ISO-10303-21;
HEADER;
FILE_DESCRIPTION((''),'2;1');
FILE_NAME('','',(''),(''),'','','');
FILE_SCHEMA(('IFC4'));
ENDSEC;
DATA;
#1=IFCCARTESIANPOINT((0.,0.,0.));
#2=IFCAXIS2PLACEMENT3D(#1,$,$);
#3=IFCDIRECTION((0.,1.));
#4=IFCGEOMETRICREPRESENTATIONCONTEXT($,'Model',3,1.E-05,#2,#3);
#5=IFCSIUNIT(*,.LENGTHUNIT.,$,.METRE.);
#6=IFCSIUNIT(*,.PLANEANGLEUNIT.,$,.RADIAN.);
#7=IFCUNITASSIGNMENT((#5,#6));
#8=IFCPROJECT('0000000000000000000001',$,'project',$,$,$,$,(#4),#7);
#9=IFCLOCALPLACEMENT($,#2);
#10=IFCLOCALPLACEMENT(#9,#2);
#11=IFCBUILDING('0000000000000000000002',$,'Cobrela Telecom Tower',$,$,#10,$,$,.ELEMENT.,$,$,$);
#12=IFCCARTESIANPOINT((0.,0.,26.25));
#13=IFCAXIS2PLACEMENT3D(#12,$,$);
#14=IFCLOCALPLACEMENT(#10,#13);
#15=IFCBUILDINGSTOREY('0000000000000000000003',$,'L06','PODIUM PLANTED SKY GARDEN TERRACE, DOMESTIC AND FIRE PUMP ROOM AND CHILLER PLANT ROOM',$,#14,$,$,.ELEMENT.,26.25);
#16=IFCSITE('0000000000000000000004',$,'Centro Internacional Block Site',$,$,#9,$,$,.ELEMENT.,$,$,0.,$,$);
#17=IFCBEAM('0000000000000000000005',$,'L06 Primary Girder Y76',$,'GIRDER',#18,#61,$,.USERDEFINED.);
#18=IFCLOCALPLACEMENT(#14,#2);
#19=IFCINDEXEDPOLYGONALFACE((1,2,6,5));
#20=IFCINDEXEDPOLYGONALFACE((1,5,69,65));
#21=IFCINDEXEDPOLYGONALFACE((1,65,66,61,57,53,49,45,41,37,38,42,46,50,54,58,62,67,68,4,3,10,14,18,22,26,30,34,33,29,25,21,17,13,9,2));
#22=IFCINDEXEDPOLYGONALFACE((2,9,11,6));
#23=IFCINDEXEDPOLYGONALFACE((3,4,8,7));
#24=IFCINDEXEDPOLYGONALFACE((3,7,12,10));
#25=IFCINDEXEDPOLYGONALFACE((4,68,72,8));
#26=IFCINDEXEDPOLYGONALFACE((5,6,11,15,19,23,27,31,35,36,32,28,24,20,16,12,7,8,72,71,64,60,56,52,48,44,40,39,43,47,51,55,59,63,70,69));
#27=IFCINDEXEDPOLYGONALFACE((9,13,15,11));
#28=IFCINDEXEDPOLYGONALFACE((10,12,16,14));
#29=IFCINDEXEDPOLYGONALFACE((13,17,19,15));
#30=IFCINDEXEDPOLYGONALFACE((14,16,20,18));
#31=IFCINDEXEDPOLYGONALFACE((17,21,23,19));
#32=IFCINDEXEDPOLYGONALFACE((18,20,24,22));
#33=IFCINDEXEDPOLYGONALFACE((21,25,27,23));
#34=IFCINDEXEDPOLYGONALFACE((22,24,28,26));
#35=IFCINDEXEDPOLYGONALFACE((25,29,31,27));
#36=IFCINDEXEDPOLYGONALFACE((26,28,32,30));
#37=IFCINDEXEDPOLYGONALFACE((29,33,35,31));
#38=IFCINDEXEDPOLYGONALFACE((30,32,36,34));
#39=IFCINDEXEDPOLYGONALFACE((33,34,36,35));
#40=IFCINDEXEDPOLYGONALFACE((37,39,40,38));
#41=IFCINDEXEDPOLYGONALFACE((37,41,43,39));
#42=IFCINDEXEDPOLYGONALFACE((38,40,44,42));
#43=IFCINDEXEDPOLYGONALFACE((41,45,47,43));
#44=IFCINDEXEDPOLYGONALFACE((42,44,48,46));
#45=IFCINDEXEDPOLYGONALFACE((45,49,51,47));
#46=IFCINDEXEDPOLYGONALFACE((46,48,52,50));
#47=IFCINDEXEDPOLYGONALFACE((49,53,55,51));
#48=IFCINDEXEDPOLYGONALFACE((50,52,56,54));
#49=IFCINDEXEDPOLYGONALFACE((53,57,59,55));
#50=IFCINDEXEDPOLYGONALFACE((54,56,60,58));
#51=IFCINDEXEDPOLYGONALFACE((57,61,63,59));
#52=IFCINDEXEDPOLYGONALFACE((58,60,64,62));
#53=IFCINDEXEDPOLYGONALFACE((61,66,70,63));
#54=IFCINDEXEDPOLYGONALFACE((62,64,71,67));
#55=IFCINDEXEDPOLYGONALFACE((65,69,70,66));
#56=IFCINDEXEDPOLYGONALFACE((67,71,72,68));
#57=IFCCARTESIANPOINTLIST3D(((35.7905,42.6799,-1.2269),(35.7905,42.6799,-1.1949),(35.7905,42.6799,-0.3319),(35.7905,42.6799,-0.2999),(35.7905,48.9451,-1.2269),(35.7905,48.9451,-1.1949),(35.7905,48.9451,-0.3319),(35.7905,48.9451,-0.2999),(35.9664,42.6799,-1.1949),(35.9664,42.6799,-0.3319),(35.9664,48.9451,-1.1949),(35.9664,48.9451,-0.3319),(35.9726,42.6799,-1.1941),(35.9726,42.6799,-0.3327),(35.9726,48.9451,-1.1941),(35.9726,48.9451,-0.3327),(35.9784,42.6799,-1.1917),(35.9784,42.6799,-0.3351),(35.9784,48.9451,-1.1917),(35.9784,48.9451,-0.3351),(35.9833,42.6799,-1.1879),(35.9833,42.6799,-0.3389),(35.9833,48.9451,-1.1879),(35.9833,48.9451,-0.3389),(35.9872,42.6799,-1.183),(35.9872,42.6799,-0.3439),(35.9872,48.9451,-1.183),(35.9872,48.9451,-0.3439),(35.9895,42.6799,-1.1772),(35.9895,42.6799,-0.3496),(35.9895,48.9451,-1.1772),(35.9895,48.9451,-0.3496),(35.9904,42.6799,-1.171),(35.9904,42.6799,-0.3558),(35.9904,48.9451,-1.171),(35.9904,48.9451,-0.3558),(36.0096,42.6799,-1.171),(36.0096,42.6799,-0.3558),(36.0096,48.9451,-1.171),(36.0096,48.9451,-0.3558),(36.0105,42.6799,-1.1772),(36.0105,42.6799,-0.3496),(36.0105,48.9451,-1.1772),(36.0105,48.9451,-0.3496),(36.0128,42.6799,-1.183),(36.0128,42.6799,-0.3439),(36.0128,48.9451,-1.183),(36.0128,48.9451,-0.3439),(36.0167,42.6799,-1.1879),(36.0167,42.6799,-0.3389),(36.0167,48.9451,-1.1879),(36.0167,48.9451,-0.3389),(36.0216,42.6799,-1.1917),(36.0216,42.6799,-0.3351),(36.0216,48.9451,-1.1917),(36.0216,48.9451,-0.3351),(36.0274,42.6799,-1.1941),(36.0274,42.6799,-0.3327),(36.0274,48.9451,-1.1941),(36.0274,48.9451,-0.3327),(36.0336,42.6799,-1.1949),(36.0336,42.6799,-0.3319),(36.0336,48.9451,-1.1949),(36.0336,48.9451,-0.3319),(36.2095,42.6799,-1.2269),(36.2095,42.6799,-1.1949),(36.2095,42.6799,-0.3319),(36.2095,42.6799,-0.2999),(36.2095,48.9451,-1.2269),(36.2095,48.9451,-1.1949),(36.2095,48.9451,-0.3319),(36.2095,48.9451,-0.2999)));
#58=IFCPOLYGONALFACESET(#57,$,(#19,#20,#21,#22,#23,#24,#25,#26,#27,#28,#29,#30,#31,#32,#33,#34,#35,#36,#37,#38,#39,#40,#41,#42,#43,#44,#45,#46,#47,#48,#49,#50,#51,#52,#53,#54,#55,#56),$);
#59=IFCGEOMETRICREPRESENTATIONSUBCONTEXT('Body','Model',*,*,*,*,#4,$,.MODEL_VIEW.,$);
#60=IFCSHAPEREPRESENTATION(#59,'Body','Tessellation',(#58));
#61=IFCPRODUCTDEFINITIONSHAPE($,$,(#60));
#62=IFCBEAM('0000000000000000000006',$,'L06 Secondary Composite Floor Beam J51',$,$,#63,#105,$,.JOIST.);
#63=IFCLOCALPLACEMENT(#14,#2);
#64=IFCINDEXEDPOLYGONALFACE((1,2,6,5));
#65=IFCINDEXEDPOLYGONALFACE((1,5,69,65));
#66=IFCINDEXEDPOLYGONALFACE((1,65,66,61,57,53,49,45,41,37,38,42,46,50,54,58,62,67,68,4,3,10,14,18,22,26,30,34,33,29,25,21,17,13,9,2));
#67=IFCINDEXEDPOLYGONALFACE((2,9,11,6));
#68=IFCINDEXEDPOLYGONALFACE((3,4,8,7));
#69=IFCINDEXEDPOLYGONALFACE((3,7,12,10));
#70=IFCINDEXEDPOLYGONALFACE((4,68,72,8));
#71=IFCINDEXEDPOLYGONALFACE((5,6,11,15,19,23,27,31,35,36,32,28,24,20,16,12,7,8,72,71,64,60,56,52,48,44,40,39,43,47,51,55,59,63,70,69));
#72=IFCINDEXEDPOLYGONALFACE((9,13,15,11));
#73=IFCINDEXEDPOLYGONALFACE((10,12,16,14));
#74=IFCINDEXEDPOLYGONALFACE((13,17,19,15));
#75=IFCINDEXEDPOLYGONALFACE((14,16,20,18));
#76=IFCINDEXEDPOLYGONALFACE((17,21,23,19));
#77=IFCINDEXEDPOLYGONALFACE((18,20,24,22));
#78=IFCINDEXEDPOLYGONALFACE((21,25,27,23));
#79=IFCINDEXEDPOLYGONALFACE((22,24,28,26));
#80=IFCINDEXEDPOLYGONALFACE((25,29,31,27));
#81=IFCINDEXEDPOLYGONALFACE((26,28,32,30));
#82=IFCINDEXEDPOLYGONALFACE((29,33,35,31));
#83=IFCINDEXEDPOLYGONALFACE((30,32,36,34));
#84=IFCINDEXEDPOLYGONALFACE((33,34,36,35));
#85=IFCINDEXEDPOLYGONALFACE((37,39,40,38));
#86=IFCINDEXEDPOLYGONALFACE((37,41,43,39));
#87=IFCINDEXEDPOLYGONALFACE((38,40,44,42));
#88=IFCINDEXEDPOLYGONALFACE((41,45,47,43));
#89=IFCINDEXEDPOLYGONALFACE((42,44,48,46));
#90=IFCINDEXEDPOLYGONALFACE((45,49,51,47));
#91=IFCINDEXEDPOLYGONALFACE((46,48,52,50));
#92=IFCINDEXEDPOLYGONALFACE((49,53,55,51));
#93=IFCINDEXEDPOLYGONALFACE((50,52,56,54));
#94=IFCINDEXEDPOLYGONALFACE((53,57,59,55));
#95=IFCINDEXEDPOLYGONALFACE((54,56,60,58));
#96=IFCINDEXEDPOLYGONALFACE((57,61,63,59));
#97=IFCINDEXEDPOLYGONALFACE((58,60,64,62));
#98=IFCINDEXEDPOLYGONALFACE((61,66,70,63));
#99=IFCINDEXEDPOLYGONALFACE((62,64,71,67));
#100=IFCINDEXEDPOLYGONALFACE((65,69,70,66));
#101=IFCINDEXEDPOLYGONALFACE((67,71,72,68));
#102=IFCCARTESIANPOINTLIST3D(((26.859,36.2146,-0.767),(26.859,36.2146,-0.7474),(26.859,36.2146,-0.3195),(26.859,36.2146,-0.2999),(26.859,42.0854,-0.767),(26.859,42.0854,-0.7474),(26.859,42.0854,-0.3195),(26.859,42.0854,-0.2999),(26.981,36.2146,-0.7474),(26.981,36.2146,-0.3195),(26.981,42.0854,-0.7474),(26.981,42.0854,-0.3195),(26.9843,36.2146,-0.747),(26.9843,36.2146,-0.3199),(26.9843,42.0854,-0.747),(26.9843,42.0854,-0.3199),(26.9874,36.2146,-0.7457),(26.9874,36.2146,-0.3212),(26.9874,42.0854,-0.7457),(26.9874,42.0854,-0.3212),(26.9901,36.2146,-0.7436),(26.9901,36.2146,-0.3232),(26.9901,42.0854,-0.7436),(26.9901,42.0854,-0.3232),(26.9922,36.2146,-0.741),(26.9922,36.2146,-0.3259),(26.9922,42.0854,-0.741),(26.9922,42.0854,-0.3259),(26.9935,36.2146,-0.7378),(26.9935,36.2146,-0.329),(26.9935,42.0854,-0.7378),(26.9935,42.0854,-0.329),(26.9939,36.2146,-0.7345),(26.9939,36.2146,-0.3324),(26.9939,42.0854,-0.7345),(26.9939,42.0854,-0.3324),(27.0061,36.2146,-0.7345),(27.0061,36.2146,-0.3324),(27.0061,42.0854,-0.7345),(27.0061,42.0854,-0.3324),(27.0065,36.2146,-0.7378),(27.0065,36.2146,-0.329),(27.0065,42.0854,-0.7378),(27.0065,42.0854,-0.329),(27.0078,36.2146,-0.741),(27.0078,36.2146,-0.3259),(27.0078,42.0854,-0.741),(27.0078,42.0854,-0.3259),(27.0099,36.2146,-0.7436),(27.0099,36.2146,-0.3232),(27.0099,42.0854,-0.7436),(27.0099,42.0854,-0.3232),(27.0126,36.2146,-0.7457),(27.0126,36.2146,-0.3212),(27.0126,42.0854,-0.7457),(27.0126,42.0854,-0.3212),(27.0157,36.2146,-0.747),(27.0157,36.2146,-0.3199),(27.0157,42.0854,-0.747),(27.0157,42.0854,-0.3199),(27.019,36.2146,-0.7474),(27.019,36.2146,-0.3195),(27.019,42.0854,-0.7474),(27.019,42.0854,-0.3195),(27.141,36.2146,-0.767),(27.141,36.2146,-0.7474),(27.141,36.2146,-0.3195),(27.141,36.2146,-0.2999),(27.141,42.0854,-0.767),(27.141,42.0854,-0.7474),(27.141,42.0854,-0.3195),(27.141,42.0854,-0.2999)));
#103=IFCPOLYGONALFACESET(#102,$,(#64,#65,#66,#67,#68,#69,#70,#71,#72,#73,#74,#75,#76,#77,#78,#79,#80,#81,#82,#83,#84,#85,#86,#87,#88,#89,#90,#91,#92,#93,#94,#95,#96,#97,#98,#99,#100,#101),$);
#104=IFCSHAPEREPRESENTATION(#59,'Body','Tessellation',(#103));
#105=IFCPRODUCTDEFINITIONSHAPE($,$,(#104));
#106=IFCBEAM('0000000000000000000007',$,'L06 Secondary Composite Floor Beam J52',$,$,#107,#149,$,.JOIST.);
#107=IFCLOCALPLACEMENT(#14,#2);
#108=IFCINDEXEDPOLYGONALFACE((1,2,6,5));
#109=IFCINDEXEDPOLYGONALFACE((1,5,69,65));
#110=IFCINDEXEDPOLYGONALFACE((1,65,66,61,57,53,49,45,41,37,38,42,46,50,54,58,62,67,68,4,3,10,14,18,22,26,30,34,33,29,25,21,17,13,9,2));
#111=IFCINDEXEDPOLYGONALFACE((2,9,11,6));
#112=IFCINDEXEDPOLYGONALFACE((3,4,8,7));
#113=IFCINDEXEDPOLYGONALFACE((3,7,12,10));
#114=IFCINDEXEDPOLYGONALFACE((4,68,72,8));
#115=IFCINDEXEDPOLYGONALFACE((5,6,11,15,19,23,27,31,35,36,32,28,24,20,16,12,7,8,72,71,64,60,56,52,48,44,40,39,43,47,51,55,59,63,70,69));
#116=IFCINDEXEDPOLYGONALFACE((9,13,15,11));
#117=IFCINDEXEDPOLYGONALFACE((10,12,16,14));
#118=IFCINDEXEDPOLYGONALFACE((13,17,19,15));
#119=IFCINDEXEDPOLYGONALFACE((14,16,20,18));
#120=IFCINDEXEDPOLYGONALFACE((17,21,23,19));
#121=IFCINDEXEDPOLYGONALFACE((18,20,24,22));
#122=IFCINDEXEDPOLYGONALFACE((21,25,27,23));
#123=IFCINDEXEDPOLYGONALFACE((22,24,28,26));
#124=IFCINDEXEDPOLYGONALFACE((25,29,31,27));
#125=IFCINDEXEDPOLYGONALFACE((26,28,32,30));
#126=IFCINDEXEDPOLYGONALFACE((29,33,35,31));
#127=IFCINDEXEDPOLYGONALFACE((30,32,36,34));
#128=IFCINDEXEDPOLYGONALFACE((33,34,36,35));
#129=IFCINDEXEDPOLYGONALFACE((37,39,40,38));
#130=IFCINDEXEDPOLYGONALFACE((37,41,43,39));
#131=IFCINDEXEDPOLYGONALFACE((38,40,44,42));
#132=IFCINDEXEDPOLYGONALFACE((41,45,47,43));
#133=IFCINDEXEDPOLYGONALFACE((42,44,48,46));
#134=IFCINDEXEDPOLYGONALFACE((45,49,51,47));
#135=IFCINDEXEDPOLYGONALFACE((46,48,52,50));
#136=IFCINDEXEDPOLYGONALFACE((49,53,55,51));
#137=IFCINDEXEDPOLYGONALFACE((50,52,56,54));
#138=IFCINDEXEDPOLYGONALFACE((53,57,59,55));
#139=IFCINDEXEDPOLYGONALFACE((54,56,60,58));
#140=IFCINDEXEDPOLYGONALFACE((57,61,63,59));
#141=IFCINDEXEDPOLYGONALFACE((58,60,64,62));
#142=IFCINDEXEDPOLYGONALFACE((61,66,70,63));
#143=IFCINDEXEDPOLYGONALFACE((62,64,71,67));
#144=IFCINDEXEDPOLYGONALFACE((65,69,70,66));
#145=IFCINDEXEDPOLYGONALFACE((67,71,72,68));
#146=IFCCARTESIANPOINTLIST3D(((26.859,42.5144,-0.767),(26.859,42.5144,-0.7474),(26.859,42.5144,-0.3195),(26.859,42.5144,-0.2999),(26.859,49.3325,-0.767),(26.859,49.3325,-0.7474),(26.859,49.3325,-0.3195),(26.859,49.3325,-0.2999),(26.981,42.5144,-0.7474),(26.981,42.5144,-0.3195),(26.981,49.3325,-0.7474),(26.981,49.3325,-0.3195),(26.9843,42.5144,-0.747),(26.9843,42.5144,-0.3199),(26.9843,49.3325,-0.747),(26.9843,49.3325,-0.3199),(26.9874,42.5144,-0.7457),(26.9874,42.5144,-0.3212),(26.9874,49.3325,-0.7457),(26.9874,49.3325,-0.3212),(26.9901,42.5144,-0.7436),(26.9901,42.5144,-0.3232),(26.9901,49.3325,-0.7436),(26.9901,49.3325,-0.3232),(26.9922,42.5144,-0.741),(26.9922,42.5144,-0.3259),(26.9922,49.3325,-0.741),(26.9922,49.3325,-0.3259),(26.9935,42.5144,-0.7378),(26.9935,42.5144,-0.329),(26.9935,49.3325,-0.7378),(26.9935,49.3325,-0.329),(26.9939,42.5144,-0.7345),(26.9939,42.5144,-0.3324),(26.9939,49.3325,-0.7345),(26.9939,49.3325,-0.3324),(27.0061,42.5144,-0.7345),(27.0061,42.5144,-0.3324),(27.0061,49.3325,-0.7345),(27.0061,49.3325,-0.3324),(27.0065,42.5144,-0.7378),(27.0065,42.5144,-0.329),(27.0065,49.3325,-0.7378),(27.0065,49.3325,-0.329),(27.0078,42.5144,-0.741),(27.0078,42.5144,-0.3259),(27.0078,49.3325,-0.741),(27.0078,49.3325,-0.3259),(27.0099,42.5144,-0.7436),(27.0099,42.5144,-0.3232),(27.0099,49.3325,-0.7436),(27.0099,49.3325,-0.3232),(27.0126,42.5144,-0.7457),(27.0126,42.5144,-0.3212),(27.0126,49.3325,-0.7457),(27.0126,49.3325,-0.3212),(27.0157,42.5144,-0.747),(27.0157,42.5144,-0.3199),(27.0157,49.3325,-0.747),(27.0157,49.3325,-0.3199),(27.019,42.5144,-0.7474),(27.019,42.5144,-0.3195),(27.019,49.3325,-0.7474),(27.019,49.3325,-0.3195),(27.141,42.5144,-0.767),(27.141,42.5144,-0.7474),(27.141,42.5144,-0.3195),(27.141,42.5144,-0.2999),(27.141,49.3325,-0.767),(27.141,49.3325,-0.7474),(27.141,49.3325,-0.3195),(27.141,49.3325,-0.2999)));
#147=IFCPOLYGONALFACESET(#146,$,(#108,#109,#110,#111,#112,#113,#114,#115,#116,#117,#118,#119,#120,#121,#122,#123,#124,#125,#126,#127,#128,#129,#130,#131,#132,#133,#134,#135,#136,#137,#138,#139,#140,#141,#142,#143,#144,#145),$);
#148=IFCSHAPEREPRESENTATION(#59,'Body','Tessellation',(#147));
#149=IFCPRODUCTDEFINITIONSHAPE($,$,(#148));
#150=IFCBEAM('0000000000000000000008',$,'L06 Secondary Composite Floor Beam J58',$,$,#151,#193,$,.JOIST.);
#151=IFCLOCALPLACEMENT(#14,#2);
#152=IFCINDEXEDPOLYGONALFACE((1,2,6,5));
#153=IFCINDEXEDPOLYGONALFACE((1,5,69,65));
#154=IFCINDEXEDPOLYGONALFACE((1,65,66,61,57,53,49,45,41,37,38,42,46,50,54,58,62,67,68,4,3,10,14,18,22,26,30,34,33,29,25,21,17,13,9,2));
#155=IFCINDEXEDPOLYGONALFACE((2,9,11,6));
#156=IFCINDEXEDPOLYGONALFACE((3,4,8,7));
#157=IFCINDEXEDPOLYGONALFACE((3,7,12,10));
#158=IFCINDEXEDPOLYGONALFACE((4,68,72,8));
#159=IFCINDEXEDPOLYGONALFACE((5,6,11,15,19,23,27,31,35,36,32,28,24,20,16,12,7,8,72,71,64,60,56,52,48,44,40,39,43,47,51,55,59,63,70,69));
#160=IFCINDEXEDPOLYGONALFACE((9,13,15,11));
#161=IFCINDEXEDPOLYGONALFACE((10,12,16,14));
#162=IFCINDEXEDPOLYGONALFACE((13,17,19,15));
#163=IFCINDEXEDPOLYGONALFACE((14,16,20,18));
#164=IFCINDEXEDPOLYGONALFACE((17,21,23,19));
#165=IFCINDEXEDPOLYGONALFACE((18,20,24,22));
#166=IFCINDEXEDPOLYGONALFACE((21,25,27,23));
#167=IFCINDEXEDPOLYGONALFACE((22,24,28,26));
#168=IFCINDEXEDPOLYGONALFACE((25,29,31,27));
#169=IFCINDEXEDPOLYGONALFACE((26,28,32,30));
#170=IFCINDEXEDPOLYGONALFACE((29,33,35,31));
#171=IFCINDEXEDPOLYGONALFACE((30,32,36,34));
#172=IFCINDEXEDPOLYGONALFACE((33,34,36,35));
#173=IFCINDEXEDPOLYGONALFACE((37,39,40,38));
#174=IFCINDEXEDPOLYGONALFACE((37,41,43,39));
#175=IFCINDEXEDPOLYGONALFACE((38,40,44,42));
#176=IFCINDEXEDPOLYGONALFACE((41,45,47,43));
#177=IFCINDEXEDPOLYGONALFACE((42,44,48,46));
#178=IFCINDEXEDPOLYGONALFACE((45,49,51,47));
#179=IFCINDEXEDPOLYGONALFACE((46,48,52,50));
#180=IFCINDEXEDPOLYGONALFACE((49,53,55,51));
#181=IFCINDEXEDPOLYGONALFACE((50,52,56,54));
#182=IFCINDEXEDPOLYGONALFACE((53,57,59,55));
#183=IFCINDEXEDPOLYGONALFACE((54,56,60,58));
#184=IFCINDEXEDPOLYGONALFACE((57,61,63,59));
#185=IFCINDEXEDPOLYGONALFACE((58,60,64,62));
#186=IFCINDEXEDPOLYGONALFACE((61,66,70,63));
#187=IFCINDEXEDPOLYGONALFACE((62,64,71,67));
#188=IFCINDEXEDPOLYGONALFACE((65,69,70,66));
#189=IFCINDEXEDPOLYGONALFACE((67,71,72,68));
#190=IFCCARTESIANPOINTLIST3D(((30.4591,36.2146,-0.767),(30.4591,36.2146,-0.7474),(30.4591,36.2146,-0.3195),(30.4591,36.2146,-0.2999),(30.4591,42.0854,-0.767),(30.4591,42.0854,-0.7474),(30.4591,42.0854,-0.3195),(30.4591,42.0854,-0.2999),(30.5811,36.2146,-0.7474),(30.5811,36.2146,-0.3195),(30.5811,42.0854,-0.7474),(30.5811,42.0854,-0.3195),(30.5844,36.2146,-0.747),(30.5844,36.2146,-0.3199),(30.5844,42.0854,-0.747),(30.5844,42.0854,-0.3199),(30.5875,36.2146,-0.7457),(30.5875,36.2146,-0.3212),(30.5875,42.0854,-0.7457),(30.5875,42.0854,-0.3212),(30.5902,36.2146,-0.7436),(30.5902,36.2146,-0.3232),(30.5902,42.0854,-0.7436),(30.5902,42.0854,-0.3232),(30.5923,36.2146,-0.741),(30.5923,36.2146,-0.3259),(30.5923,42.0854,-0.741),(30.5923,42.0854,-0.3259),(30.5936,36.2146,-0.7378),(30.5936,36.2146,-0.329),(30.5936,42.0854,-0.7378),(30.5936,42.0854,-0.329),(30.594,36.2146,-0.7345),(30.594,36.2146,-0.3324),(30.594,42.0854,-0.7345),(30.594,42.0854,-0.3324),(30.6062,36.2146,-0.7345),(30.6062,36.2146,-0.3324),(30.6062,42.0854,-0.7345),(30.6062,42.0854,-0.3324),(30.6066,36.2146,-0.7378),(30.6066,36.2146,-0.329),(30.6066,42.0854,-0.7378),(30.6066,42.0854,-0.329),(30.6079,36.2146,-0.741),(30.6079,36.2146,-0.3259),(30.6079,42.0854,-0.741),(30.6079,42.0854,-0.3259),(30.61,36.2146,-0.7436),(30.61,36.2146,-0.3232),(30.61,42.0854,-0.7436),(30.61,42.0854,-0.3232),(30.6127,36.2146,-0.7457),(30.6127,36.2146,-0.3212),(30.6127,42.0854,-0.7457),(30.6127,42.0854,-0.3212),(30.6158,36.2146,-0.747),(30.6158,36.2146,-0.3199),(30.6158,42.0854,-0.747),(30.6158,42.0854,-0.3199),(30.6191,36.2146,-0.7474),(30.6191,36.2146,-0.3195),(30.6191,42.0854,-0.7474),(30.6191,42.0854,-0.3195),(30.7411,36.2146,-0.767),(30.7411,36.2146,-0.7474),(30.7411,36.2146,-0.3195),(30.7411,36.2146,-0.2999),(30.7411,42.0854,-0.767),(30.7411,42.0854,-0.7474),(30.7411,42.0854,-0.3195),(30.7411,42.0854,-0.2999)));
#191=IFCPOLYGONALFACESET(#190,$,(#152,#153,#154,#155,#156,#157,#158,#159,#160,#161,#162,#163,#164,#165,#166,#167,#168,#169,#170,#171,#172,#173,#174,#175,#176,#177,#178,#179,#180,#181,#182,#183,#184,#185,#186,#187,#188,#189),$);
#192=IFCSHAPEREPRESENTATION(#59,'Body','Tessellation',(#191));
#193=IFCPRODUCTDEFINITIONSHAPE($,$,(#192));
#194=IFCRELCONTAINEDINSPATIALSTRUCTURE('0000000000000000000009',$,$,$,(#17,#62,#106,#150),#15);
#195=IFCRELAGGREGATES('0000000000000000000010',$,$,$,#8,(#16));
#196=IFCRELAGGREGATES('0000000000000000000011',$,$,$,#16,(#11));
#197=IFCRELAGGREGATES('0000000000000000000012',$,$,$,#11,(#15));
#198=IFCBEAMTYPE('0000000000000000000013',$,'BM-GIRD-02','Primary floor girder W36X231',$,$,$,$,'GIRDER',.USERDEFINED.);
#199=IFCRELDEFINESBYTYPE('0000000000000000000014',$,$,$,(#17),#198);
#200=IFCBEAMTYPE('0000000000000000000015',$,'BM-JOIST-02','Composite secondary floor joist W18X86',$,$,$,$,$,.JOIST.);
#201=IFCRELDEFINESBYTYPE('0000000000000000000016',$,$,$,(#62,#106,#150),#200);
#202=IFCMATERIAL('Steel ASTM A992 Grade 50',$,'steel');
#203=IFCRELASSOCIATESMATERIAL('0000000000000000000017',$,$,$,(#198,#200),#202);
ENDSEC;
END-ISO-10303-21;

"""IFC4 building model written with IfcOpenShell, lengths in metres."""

from ifc_helpers import new_model, si_unit, direction, frame, origin, origin_2d, place, context, subcontext, project, spatial, i_section, extrude, material, material_profile, profile_set, type_object, element, save


model = new_model("IFC4")

# Units and contexts
model_context = context("Model", 3, precision=1e-05, world=origin(), true_north=direction((0.0, 1.0)))
body_context = subcontext(model_context, "Body", "Model", "MODEL_VIEW")
ifc_project = project(units=[si_unit("LENGTHUNIT", "METRE"), si_unit("PLANEANGLEUNIT", "RADIAN")], contexts=[model_context])

# Site, building, storey
site_placement = place(None, origin())
site = spatial("IfcSite", under=ifc_project, at=site_placement, Name="Centro Internacional Block Site", CompositionType="ELEMENT", RefElevation=0.0)
building_placement = place(site_placement, origin())
building = spatial("IfcBuilding", under=site, at=building_placement, Name="Cobrela Telecom Tower", CompositionType="ELEMENT")
storey_placement = place(building_placement, frame((0.0, 0.0, 26.25)))
storey = spatial("IfcBuildingStorey", under=building, at=storey_placement, Name="L06", Description="PODIUM PLANTED SKY GARDEN TERRACE, DOMESTIC AND FIRE PUMP ROOM AND CHILLER PLANT ROOM", CompositionType="ELEMENT", Elevation=26.25)

# Beams
ifc_material_1 = material(Name="Steel ASTM A992 Grade 50", Category="steel")
ifc_material_profile_1 = material_profile(ifc_material_1, i_section(OverallWidth=0.4189, OverallDepth=0.927, WebThickness=0.0193, FlangeThickness=0.032, FilletRadius=0.0239, at=origin_2d()), Name="W36X231")
ifc_profile_set_1 = profile_set([ifc_material_profile_1], Name="Steel ASTM A992 Grade 50")
beam_type_1 = type_object("IfcBeamType", Name="BM-GIRD-02", Description="Primary floor girder W36X231", ElementType="GIRDER", PredefinedType="USERDEFINED", material=ifc_profile_set_1)
beam_1_placement = place(storey_placement, frame((36.0, 42.6799, -0.7634), z_axis=(0.0, 1.0, 0.0), x_axis=(-1.0, 0.0, 0.0)))
element("IfcBeam", 1, at=beam_1_placement, inside=storey, type_object=beam_type_1, Name="L06 Primary Girder Y76", ObjectType="GIRDER", PredefinedType="USERDEFINED", context=body_context, shape_type="SweptSolid", body=[
    extrude(i_section(OverallWidth=0.4189, OverallDepth=0.927, WebThickness=0.0193, FlangeThickness=0.032, FilletRadius=0.0239, at=origin_2d()), origin(), (0.0, 0.0, 1.0), 6.2651),
])
ifc_material_profile_2 = material_profile(ifc_material_1, i_section(OverallWidth=0.282, OverallDepth=0.467, WebThickness=0.0122, FlangeThickness=0.0195, FilletRadius=0.0129, at=origin_2d()), Name="W18X86")
ifc_profile_set_2 = profile_set([ifc_material_profile_2], Name="Steel ASTM A992 Grade 50")
beam_type_2 = type_object("IfcBeamType", Name="BM-JOIST-02", Description="Composite secondary floor joist W18X86", PredefinedType="JOIST", material=ifc_profile_set_2)
beam_2_placement = place(storey_placement, frame((27.0, 36.2146, -0.5334), z_axis=(0.0, 1.0, 0.0), x_axis=(-1.0, 0.0, 0.0)))
element("IfcBeam", 2, at=beam_2_placement, inside=storey, type_object=beam_type_2, Name="L06 Secondary Composite Floor Beam J51", PredefinedType="JOIST", context=body_context, shape_type="SweptSolid", body=[
    extrude(i_section(OverallWidth=0.282, OverallDepth=0.467, WebThickness=0.0122, FlangeThickness=0.0195, FilletRadius=0.0129, at=origin_2d()), origin(), (0.0, 0.0, 1.0), 5.8708),
])
beam_3_placement = place(storey_placement, frame((27.0, 42.5144, -0.5334), z_axis=(0.0, 1.0, 0.0), x_axis=(-1.0, 0.0, 0.0)))
element("IfcBeam", 3, at=beam_3_placement, inside=storey, type_object=beam_type_2, Name="L06 Secondary Composite Floor Beam J52", PredefinedType="JOIST", context=body_context, shape_type="SweptSolid", body=[
    extrude(i_section(OverallWidth=0.282, OverallDepth=0.467, WebThickness=0.0122, FlangeThickness=0.0195, FilletRadius=0.0129, at=origin_2d()), origin(), (0.0, 0.0, 1.0), 6.8181),
])
beam_4_placement = place(storey_placement, frame((30.6001, 36.2146, -0.5334), z_axis=(0.0, 1.0, 0.0), x_axis=(-1.0, 0.0, 0.0)))
element("IfcBeam", 4, at=beam_4_placement, inside=storey, type_object=beam_type_2, Name="L06 Secondary Composite Floor Beam J58", PredefinedType="JOIST", context=body_context, shape_type="SweptSolid", body=[
    extrude(i_section(OverallWidth=0.282, OverallDepth=0.467, WebThickness=0.0122, FlangeThickness=0.0195, FilletRadius=0.0129, at=origin_2d()), origin(), (0.0, 0.0, 1.0), 5.8708),
])

save(model, "model.ifc")
